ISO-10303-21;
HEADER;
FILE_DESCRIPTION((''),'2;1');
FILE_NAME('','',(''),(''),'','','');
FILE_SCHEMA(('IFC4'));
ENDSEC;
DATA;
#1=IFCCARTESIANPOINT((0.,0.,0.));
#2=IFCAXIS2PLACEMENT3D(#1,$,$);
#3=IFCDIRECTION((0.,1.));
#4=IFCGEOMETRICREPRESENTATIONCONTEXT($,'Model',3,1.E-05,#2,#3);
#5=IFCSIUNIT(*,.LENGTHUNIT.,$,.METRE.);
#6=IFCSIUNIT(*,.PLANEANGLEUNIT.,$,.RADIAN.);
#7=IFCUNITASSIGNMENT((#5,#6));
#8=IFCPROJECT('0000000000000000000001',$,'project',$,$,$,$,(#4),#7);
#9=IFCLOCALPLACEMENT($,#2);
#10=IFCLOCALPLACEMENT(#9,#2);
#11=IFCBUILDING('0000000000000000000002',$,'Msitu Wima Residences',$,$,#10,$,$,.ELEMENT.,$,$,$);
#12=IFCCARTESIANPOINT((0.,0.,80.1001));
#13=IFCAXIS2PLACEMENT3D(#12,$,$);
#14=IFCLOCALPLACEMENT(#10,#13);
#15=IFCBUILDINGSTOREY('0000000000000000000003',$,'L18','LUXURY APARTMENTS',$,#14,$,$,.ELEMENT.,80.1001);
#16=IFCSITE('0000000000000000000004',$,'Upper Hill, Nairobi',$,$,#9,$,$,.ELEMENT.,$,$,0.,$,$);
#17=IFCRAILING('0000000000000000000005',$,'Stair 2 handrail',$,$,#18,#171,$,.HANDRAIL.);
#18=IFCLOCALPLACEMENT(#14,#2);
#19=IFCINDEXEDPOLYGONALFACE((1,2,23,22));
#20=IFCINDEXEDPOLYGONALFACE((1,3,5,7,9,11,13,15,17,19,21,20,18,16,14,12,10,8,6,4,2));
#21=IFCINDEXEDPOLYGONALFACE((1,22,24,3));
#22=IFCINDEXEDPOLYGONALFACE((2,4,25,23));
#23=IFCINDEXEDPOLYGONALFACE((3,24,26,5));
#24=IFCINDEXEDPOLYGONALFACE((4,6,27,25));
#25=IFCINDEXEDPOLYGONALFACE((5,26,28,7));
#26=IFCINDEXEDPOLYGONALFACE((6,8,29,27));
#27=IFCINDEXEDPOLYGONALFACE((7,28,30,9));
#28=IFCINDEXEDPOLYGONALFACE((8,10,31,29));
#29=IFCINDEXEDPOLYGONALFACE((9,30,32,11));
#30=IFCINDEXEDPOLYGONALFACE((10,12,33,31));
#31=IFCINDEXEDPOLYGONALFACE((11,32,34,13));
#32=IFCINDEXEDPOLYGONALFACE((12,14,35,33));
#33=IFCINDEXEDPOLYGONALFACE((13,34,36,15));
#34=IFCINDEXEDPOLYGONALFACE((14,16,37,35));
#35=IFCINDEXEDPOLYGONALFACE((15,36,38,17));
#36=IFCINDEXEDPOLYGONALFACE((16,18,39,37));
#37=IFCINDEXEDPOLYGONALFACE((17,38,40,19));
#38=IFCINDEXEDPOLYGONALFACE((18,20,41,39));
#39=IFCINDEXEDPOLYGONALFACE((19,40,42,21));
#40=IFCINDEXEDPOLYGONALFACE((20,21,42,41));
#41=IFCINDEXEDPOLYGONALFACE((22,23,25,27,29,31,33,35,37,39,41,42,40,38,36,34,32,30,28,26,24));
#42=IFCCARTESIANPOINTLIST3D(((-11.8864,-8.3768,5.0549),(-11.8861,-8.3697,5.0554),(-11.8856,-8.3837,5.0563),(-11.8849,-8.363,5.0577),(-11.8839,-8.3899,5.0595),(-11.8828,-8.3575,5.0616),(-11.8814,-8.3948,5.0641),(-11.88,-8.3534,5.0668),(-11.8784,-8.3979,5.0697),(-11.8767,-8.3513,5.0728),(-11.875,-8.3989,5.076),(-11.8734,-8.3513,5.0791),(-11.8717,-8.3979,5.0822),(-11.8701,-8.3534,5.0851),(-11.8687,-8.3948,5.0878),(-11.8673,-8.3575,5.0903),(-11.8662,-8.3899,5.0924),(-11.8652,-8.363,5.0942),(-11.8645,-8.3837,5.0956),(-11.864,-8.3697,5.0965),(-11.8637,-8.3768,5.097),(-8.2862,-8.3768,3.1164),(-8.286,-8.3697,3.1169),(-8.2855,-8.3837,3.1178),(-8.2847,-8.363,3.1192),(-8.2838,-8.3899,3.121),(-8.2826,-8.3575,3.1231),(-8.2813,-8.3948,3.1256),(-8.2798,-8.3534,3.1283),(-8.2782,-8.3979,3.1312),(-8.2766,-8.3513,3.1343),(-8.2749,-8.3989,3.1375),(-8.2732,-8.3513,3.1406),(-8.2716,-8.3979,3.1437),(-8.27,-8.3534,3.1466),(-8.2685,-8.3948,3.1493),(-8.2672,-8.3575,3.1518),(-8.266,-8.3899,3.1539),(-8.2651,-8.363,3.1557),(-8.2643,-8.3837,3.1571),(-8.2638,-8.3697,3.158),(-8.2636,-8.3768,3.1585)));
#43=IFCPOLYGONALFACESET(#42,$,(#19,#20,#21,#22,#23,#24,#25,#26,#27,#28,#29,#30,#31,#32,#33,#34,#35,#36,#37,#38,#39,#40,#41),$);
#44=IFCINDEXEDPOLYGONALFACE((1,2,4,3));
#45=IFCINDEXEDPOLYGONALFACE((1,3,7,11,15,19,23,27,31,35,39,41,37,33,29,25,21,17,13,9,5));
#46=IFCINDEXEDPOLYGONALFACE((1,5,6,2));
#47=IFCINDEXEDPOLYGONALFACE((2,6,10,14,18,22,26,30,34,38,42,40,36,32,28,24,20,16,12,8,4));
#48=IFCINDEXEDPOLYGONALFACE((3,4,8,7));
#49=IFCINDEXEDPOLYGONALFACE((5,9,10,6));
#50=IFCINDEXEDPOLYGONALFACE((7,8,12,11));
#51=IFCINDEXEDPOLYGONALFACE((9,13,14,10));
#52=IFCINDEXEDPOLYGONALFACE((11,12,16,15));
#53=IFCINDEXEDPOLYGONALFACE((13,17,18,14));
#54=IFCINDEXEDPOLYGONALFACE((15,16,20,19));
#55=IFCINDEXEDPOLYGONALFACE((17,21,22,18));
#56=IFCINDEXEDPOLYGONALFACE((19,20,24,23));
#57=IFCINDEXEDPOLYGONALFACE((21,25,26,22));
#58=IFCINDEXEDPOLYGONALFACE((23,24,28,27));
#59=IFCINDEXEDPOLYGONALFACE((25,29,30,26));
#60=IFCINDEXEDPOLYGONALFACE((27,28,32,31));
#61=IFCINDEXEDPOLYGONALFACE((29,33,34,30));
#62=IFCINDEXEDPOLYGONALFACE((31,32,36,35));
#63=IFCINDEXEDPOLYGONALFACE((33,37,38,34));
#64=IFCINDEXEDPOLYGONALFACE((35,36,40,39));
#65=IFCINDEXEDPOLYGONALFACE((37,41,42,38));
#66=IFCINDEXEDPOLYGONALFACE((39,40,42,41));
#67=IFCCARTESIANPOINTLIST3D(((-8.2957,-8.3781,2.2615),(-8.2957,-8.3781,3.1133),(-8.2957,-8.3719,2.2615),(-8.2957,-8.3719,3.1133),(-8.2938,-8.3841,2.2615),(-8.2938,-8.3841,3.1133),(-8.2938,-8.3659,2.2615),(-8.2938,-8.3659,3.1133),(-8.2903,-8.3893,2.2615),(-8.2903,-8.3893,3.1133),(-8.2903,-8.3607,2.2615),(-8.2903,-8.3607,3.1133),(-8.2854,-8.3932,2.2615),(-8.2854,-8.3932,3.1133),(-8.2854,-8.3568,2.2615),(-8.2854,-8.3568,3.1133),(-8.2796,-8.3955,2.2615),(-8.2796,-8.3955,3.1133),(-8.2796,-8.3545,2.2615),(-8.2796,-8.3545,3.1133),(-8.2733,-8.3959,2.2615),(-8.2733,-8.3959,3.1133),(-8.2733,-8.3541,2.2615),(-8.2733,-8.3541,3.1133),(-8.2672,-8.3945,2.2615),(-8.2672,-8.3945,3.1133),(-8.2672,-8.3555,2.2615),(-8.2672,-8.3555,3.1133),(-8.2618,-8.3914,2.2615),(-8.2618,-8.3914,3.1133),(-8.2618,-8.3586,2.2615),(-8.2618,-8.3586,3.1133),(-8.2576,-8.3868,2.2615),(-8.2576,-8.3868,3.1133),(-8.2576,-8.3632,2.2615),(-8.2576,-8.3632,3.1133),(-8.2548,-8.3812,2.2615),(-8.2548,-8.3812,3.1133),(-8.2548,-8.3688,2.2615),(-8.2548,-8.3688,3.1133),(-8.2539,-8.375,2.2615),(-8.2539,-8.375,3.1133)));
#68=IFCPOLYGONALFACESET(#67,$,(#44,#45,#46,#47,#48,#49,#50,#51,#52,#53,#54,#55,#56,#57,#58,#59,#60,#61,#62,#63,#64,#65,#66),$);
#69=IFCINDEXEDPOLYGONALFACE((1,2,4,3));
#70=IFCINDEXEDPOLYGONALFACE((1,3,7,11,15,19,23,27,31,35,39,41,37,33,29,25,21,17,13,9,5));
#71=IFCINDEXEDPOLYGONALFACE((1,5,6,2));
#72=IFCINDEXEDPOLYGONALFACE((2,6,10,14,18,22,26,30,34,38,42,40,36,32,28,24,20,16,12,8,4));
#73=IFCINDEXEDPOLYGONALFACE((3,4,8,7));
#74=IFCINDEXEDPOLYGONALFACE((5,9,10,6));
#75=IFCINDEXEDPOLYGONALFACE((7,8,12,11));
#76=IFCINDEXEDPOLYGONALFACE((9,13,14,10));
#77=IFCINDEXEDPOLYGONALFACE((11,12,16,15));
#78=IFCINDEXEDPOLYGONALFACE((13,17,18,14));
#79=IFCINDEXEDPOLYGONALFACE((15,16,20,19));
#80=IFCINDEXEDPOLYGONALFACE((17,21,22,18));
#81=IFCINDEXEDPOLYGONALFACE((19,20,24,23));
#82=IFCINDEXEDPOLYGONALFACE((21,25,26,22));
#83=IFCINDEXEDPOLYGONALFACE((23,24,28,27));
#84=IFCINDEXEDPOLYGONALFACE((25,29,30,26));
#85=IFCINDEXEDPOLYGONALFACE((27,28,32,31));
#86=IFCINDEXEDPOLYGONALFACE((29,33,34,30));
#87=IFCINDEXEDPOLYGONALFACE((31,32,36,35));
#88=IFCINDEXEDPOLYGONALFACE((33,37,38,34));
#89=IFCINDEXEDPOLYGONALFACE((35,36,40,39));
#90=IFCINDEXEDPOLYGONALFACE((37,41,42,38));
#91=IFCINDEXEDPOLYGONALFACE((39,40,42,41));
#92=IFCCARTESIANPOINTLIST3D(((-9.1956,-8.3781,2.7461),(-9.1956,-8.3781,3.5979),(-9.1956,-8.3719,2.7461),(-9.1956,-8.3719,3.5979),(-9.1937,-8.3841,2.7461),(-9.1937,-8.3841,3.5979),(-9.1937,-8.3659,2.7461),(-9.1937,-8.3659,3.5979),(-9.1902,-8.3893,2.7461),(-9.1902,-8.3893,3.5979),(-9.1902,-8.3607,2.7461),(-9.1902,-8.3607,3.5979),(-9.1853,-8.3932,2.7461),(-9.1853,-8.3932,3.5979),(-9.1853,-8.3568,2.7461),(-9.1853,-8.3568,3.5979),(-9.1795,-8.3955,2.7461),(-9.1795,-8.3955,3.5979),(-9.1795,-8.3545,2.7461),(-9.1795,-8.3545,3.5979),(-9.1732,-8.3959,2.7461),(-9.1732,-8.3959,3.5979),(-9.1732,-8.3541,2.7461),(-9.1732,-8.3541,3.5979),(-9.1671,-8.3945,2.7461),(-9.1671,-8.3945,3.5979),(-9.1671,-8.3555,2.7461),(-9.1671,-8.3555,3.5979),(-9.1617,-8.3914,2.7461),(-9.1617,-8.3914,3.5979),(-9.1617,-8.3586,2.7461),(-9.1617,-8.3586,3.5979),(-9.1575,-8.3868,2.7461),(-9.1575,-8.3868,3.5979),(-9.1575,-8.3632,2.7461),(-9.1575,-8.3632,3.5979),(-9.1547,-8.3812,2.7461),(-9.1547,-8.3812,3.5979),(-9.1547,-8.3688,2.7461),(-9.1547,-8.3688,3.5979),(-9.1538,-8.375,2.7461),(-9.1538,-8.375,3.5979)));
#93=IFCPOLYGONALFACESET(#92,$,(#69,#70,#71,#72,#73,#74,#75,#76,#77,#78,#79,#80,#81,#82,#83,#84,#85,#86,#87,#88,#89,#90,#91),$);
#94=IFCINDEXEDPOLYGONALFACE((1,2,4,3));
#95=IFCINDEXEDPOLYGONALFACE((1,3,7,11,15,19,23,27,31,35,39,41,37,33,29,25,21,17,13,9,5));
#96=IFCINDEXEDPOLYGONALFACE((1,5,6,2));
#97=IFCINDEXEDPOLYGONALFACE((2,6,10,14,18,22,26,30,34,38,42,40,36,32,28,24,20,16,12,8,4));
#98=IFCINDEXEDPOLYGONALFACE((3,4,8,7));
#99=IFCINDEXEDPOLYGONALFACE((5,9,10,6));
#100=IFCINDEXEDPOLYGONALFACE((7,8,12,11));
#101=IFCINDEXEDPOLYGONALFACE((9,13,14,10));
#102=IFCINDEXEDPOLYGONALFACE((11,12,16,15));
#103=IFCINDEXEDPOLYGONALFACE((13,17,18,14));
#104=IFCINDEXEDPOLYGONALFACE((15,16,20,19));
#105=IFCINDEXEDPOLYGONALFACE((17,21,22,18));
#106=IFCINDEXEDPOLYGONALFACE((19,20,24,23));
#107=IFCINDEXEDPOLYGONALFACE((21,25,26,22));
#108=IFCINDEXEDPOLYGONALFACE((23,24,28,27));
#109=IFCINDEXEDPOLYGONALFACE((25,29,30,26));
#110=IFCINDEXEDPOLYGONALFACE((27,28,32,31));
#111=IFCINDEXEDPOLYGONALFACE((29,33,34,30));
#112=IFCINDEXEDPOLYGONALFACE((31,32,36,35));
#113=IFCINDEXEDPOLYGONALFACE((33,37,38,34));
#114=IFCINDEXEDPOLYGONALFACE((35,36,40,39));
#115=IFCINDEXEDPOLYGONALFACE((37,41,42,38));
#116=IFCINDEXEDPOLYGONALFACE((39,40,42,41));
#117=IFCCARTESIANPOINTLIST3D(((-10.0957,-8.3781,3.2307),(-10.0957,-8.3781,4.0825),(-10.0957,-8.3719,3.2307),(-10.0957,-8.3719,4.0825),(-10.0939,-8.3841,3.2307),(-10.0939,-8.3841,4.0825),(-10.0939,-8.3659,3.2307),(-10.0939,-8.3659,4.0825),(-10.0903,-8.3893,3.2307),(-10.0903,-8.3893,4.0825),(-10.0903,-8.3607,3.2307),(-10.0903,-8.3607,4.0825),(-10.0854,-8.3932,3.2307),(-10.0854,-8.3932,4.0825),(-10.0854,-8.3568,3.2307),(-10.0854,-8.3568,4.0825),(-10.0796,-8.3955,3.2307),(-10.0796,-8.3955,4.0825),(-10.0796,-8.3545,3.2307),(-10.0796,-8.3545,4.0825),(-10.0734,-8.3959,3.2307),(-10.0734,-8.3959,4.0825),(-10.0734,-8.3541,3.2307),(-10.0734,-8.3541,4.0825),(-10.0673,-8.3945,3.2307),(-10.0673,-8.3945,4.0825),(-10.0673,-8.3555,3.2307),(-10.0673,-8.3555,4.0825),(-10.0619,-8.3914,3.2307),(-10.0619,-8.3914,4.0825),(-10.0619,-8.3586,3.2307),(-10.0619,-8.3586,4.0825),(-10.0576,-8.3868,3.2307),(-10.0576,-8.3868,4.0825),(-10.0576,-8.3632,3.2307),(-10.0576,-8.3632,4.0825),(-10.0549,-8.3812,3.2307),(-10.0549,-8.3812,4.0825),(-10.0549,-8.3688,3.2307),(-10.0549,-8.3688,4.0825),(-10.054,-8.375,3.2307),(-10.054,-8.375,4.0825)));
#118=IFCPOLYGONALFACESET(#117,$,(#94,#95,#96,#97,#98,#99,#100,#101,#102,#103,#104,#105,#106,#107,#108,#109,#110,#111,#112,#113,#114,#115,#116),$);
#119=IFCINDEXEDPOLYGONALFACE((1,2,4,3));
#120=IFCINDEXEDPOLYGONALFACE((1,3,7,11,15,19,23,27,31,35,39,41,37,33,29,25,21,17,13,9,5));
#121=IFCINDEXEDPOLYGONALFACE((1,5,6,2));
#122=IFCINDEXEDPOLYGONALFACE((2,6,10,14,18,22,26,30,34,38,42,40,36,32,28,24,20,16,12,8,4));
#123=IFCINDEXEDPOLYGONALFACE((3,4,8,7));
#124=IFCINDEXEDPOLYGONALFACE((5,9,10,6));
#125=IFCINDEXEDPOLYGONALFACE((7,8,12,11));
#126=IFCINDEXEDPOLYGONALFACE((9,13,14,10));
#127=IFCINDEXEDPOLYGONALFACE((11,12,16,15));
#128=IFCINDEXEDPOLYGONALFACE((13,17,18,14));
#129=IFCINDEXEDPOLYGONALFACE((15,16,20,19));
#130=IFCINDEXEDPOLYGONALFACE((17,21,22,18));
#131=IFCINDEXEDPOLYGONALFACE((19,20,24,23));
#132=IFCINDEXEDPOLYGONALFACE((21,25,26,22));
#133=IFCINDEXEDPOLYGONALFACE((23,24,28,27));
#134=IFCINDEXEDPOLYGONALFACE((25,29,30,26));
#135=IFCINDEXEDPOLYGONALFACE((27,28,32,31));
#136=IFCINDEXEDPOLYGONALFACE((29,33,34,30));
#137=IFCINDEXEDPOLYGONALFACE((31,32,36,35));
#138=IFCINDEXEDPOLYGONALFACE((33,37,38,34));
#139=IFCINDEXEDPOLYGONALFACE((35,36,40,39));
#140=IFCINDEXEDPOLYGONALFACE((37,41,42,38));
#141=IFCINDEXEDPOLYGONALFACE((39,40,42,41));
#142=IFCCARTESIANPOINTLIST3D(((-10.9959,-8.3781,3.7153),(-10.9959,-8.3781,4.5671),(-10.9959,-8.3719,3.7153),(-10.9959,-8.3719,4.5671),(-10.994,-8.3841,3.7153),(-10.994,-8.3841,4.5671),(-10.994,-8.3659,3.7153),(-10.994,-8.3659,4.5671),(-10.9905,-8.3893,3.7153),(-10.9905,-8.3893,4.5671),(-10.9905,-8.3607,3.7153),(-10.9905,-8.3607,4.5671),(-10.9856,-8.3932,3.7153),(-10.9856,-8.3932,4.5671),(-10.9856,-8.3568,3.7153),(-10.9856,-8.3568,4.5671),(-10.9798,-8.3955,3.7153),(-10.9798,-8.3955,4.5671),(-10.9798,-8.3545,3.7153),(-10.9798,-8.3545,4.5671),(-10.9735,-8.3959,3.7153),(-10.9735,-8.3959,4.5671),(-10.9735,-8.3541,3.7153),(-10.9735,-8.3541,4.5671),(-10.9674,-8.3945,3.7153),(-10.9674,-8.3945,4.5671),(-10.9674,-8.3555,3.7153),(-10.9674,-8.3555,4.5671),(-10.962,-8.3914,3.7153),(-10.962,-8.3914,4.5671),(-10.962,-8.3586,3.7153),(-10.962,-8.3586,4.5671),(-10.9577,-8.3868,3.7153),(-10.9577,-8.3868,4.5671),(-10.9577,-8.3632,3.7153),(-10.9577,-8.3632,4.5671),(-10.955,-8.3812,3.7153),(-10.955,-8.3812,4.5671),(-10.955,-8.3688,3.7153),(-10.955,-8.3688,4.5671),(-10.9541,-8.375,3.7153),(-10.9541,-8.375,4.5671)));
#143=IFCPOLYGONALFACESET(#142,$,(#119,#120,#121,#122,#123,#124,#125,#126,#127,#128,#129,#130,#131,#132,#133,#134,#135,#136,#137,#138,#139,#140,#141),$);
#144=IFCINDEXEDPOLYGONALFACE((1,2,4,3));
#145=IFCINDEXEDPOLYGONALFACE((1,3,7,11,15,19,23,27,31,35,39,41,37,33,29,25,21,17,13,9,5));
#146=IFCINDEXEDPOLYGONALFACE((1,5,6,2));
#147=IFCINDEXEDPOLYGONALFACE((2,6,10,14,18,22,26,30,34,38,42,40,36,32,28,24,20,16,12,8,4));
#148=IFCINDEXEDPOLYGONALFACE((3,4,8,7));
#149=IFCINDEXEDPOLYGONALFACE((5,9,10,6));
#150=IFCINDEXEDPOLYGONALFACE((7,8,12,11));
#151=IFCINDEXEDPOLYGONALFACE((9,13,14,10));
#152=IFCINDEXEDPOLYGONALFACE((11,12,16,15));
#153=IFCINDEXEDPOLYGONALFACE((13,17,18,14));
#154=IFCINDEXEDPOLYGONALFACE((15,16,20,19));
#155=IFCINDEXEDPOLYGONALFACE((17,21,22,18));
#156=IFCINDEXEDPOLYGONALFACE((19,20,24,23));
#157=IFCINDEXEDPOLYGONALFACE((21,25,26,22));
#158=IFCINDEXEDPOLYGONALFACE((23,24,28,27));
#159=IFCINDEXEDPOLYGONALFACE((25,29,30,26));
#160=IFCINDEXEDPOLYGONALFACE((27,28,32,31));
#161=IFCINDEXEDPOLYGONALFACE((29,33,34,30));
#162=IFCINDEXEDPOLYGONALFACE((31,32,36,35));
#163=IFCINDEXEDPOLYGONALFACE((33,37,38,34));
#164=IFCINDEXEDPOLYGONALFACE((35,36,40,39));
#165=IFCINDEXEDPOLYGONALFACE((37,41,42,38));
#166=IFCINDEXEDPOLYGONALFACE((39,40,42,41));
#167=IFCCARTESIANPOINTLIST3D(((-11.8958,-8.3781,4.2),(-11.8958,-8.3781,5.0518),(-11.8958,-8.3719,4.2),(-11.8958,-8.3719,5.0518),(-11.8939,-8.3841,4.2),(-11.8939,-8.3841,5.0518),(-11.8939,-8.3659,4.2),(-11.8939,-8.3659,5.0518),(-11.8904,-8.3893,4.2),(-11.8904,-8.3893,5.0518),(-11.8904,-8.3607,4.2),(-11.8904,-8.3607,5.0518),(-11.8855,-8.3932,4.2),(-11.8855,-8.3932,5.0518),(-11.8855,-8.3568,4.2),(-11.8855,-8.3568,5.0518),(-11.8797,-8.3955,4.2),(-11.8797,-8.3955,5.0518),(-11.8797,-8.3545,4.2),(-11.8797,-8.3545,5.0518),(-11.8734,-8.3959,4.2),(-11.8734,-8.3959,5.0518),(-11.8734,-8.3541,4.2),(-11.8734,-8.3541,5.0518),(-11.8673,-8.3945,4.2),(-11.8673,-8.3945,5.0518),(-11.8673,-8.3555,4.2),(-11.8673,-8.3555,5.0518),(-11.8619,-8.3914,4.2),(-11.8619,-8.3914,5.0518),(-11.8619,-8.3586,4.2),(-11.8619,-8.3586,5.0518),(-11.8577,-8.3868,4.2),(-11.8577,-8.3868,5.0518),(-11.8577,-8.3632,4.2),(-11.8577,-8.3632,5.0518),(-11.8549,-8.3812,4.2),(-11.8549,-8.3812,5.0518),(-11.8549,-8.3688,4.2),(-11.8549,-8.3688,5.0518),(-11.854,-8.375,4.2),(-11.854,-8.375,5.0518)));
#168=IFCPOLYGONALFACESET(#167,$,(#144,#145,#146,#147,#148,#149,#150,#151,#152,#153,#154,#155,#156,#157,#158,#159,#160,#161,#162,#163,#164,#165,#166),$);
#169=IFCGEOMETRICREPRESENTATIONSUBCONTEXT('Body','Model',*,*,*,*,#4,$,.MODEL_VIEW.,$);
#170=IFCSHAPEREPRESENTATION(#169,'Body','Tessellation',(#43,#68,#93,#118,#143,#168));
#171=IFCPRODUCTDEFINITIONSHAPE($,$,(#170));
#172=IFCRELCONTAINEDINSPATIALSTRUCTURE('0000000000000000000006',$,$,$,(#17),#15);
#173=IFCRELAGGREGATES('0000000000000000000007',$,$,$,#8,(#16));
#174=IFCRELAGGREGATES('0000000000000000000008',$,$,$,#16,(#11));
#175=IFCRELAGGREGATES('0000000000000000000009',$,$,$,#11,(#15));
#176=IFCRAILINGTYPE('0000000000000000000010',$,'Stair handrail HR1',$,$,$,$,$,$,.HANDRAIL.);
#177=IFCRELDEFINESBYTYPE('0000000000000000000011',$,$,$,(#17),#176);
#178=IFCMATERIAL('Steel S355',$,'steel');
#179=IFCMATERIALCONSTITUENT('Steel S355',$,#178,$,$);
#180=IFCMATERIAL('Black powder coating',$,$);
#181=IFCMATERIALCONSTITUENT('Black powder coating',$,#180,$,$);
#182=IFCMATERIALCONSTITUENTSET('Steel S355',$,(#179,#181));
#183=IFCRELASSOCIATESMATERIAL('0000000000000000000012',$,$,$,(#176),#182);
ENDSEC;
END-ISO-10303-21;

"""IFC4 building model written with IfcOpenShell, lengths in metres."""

from ifc_helpers import new_model, si_unit, direction, frame, origin, origin_2d, place, context, subcontext, project, spatial, circle, extrude, material, constituent, constituent_set, type_object, element, save


model = new_model("IFC4")

# Units and contexts
model_context = context("Model", 3, precision=1e-05, world=origin(), true_north=direction((0.0, 1.0)))
body_context = subcontext(model_context, "Body", "Model", "MODEL_VIEW")
ifc_project = project(units=[si_unit("LENGTHUNIT", "METRE"), si_unit("PLANEANGLEUNIT", "RADIAN")], contexts=[model_context])

# Site, building, storey
site_placement = place(None, origin())
site = spatial("IfcSite", under=ifc_project, at=site_placement, Name="Upper Hill, Nairobi", CompositionType="ELEMENT", RefElevation=0.0)
building_placement = place(site_placement, origin())
building = spatial("IfcBuilding", under=site, at=building_placement, Name="Msitu Wima Residences", CompositionType="ELEMENT")
storey_placement = place(building_placement, frame((0.0, 0.0, 80.1001)))
storey = spatial("IfcBuildingStorey", under=building, at=storey_placement, Name="L18", Description="LUXURY APARTMENTS", CompositionType="ELEMENT", Elevation=80.1001)

# Railing
ifc_material_1 = material(Name="Steel S355", Category="steel")
ifc_constituent_1 = constituent(ifc_material_1, Name="Steel S355")
ifc_material_2 = material(Name="Black powder coating")
ifc_constituent_2 = constituent(ifc_material_2, Name="Black powder coating")
ifc_constituent_set = constituent_set(constituents=[ifc_constituent_1, ifc_constituent_2], Name="Steel S355")
railing_type = type_object("IfcRailingType", Name="Stair handrail HR1", PredefinedType="HANDRAIL", material=ifc_constituent_set)
railing_placement = place(storey_placement, frame((-8.2749, -8.375, 2.2615)))
element("IfcRailing", 1, at=railing_placement, inside=storey, type_object=railing_type, Name="Stair 2 handrail", PredefinedType="HANDRAIL", context=body_context, shape_type="SweptSolid", body=[
    extrude(circle(Radius=0.0239, at=origin_2d()), frame((0.0, 0.0, 0.876), z_axis=(-0.880475, 0.0, 0.474093), x_axis=(0.0, -1.0, 0.0)), (0.0, 0.0, 1.0), 4.0889),
    extrude(circle(Radius=0.021, at=origin_2d()), origin(), (0.0, 0.0, 1.0), 0.8518),
    extrude(circle(Radius=0.021, at=origin_2d()), frame((-0.8999, 0.0, 0.4846)), (0.0, 0.0, 1.0), 0.8518),
    extrude(circle(Radius=0.021, at=origin_2d()), frame((-1.8, 0.0, 0.9692)), (0.0, 0.0, 1.0), 0.8518),
    extrude(circle(Radius=0.021, at=origin_2d()), frame((-2.7002, 0.0, 1.4539)), (0.0, 0.0, 1.0), 0.8518),
    extrude(circle(Radius=0.021, at=origin_2d()), frame((-3.6001, 0.0, 1.9385)), (0.0, 0.0, 1.0), 0.8518),
])

save(model, "model.ifc")
